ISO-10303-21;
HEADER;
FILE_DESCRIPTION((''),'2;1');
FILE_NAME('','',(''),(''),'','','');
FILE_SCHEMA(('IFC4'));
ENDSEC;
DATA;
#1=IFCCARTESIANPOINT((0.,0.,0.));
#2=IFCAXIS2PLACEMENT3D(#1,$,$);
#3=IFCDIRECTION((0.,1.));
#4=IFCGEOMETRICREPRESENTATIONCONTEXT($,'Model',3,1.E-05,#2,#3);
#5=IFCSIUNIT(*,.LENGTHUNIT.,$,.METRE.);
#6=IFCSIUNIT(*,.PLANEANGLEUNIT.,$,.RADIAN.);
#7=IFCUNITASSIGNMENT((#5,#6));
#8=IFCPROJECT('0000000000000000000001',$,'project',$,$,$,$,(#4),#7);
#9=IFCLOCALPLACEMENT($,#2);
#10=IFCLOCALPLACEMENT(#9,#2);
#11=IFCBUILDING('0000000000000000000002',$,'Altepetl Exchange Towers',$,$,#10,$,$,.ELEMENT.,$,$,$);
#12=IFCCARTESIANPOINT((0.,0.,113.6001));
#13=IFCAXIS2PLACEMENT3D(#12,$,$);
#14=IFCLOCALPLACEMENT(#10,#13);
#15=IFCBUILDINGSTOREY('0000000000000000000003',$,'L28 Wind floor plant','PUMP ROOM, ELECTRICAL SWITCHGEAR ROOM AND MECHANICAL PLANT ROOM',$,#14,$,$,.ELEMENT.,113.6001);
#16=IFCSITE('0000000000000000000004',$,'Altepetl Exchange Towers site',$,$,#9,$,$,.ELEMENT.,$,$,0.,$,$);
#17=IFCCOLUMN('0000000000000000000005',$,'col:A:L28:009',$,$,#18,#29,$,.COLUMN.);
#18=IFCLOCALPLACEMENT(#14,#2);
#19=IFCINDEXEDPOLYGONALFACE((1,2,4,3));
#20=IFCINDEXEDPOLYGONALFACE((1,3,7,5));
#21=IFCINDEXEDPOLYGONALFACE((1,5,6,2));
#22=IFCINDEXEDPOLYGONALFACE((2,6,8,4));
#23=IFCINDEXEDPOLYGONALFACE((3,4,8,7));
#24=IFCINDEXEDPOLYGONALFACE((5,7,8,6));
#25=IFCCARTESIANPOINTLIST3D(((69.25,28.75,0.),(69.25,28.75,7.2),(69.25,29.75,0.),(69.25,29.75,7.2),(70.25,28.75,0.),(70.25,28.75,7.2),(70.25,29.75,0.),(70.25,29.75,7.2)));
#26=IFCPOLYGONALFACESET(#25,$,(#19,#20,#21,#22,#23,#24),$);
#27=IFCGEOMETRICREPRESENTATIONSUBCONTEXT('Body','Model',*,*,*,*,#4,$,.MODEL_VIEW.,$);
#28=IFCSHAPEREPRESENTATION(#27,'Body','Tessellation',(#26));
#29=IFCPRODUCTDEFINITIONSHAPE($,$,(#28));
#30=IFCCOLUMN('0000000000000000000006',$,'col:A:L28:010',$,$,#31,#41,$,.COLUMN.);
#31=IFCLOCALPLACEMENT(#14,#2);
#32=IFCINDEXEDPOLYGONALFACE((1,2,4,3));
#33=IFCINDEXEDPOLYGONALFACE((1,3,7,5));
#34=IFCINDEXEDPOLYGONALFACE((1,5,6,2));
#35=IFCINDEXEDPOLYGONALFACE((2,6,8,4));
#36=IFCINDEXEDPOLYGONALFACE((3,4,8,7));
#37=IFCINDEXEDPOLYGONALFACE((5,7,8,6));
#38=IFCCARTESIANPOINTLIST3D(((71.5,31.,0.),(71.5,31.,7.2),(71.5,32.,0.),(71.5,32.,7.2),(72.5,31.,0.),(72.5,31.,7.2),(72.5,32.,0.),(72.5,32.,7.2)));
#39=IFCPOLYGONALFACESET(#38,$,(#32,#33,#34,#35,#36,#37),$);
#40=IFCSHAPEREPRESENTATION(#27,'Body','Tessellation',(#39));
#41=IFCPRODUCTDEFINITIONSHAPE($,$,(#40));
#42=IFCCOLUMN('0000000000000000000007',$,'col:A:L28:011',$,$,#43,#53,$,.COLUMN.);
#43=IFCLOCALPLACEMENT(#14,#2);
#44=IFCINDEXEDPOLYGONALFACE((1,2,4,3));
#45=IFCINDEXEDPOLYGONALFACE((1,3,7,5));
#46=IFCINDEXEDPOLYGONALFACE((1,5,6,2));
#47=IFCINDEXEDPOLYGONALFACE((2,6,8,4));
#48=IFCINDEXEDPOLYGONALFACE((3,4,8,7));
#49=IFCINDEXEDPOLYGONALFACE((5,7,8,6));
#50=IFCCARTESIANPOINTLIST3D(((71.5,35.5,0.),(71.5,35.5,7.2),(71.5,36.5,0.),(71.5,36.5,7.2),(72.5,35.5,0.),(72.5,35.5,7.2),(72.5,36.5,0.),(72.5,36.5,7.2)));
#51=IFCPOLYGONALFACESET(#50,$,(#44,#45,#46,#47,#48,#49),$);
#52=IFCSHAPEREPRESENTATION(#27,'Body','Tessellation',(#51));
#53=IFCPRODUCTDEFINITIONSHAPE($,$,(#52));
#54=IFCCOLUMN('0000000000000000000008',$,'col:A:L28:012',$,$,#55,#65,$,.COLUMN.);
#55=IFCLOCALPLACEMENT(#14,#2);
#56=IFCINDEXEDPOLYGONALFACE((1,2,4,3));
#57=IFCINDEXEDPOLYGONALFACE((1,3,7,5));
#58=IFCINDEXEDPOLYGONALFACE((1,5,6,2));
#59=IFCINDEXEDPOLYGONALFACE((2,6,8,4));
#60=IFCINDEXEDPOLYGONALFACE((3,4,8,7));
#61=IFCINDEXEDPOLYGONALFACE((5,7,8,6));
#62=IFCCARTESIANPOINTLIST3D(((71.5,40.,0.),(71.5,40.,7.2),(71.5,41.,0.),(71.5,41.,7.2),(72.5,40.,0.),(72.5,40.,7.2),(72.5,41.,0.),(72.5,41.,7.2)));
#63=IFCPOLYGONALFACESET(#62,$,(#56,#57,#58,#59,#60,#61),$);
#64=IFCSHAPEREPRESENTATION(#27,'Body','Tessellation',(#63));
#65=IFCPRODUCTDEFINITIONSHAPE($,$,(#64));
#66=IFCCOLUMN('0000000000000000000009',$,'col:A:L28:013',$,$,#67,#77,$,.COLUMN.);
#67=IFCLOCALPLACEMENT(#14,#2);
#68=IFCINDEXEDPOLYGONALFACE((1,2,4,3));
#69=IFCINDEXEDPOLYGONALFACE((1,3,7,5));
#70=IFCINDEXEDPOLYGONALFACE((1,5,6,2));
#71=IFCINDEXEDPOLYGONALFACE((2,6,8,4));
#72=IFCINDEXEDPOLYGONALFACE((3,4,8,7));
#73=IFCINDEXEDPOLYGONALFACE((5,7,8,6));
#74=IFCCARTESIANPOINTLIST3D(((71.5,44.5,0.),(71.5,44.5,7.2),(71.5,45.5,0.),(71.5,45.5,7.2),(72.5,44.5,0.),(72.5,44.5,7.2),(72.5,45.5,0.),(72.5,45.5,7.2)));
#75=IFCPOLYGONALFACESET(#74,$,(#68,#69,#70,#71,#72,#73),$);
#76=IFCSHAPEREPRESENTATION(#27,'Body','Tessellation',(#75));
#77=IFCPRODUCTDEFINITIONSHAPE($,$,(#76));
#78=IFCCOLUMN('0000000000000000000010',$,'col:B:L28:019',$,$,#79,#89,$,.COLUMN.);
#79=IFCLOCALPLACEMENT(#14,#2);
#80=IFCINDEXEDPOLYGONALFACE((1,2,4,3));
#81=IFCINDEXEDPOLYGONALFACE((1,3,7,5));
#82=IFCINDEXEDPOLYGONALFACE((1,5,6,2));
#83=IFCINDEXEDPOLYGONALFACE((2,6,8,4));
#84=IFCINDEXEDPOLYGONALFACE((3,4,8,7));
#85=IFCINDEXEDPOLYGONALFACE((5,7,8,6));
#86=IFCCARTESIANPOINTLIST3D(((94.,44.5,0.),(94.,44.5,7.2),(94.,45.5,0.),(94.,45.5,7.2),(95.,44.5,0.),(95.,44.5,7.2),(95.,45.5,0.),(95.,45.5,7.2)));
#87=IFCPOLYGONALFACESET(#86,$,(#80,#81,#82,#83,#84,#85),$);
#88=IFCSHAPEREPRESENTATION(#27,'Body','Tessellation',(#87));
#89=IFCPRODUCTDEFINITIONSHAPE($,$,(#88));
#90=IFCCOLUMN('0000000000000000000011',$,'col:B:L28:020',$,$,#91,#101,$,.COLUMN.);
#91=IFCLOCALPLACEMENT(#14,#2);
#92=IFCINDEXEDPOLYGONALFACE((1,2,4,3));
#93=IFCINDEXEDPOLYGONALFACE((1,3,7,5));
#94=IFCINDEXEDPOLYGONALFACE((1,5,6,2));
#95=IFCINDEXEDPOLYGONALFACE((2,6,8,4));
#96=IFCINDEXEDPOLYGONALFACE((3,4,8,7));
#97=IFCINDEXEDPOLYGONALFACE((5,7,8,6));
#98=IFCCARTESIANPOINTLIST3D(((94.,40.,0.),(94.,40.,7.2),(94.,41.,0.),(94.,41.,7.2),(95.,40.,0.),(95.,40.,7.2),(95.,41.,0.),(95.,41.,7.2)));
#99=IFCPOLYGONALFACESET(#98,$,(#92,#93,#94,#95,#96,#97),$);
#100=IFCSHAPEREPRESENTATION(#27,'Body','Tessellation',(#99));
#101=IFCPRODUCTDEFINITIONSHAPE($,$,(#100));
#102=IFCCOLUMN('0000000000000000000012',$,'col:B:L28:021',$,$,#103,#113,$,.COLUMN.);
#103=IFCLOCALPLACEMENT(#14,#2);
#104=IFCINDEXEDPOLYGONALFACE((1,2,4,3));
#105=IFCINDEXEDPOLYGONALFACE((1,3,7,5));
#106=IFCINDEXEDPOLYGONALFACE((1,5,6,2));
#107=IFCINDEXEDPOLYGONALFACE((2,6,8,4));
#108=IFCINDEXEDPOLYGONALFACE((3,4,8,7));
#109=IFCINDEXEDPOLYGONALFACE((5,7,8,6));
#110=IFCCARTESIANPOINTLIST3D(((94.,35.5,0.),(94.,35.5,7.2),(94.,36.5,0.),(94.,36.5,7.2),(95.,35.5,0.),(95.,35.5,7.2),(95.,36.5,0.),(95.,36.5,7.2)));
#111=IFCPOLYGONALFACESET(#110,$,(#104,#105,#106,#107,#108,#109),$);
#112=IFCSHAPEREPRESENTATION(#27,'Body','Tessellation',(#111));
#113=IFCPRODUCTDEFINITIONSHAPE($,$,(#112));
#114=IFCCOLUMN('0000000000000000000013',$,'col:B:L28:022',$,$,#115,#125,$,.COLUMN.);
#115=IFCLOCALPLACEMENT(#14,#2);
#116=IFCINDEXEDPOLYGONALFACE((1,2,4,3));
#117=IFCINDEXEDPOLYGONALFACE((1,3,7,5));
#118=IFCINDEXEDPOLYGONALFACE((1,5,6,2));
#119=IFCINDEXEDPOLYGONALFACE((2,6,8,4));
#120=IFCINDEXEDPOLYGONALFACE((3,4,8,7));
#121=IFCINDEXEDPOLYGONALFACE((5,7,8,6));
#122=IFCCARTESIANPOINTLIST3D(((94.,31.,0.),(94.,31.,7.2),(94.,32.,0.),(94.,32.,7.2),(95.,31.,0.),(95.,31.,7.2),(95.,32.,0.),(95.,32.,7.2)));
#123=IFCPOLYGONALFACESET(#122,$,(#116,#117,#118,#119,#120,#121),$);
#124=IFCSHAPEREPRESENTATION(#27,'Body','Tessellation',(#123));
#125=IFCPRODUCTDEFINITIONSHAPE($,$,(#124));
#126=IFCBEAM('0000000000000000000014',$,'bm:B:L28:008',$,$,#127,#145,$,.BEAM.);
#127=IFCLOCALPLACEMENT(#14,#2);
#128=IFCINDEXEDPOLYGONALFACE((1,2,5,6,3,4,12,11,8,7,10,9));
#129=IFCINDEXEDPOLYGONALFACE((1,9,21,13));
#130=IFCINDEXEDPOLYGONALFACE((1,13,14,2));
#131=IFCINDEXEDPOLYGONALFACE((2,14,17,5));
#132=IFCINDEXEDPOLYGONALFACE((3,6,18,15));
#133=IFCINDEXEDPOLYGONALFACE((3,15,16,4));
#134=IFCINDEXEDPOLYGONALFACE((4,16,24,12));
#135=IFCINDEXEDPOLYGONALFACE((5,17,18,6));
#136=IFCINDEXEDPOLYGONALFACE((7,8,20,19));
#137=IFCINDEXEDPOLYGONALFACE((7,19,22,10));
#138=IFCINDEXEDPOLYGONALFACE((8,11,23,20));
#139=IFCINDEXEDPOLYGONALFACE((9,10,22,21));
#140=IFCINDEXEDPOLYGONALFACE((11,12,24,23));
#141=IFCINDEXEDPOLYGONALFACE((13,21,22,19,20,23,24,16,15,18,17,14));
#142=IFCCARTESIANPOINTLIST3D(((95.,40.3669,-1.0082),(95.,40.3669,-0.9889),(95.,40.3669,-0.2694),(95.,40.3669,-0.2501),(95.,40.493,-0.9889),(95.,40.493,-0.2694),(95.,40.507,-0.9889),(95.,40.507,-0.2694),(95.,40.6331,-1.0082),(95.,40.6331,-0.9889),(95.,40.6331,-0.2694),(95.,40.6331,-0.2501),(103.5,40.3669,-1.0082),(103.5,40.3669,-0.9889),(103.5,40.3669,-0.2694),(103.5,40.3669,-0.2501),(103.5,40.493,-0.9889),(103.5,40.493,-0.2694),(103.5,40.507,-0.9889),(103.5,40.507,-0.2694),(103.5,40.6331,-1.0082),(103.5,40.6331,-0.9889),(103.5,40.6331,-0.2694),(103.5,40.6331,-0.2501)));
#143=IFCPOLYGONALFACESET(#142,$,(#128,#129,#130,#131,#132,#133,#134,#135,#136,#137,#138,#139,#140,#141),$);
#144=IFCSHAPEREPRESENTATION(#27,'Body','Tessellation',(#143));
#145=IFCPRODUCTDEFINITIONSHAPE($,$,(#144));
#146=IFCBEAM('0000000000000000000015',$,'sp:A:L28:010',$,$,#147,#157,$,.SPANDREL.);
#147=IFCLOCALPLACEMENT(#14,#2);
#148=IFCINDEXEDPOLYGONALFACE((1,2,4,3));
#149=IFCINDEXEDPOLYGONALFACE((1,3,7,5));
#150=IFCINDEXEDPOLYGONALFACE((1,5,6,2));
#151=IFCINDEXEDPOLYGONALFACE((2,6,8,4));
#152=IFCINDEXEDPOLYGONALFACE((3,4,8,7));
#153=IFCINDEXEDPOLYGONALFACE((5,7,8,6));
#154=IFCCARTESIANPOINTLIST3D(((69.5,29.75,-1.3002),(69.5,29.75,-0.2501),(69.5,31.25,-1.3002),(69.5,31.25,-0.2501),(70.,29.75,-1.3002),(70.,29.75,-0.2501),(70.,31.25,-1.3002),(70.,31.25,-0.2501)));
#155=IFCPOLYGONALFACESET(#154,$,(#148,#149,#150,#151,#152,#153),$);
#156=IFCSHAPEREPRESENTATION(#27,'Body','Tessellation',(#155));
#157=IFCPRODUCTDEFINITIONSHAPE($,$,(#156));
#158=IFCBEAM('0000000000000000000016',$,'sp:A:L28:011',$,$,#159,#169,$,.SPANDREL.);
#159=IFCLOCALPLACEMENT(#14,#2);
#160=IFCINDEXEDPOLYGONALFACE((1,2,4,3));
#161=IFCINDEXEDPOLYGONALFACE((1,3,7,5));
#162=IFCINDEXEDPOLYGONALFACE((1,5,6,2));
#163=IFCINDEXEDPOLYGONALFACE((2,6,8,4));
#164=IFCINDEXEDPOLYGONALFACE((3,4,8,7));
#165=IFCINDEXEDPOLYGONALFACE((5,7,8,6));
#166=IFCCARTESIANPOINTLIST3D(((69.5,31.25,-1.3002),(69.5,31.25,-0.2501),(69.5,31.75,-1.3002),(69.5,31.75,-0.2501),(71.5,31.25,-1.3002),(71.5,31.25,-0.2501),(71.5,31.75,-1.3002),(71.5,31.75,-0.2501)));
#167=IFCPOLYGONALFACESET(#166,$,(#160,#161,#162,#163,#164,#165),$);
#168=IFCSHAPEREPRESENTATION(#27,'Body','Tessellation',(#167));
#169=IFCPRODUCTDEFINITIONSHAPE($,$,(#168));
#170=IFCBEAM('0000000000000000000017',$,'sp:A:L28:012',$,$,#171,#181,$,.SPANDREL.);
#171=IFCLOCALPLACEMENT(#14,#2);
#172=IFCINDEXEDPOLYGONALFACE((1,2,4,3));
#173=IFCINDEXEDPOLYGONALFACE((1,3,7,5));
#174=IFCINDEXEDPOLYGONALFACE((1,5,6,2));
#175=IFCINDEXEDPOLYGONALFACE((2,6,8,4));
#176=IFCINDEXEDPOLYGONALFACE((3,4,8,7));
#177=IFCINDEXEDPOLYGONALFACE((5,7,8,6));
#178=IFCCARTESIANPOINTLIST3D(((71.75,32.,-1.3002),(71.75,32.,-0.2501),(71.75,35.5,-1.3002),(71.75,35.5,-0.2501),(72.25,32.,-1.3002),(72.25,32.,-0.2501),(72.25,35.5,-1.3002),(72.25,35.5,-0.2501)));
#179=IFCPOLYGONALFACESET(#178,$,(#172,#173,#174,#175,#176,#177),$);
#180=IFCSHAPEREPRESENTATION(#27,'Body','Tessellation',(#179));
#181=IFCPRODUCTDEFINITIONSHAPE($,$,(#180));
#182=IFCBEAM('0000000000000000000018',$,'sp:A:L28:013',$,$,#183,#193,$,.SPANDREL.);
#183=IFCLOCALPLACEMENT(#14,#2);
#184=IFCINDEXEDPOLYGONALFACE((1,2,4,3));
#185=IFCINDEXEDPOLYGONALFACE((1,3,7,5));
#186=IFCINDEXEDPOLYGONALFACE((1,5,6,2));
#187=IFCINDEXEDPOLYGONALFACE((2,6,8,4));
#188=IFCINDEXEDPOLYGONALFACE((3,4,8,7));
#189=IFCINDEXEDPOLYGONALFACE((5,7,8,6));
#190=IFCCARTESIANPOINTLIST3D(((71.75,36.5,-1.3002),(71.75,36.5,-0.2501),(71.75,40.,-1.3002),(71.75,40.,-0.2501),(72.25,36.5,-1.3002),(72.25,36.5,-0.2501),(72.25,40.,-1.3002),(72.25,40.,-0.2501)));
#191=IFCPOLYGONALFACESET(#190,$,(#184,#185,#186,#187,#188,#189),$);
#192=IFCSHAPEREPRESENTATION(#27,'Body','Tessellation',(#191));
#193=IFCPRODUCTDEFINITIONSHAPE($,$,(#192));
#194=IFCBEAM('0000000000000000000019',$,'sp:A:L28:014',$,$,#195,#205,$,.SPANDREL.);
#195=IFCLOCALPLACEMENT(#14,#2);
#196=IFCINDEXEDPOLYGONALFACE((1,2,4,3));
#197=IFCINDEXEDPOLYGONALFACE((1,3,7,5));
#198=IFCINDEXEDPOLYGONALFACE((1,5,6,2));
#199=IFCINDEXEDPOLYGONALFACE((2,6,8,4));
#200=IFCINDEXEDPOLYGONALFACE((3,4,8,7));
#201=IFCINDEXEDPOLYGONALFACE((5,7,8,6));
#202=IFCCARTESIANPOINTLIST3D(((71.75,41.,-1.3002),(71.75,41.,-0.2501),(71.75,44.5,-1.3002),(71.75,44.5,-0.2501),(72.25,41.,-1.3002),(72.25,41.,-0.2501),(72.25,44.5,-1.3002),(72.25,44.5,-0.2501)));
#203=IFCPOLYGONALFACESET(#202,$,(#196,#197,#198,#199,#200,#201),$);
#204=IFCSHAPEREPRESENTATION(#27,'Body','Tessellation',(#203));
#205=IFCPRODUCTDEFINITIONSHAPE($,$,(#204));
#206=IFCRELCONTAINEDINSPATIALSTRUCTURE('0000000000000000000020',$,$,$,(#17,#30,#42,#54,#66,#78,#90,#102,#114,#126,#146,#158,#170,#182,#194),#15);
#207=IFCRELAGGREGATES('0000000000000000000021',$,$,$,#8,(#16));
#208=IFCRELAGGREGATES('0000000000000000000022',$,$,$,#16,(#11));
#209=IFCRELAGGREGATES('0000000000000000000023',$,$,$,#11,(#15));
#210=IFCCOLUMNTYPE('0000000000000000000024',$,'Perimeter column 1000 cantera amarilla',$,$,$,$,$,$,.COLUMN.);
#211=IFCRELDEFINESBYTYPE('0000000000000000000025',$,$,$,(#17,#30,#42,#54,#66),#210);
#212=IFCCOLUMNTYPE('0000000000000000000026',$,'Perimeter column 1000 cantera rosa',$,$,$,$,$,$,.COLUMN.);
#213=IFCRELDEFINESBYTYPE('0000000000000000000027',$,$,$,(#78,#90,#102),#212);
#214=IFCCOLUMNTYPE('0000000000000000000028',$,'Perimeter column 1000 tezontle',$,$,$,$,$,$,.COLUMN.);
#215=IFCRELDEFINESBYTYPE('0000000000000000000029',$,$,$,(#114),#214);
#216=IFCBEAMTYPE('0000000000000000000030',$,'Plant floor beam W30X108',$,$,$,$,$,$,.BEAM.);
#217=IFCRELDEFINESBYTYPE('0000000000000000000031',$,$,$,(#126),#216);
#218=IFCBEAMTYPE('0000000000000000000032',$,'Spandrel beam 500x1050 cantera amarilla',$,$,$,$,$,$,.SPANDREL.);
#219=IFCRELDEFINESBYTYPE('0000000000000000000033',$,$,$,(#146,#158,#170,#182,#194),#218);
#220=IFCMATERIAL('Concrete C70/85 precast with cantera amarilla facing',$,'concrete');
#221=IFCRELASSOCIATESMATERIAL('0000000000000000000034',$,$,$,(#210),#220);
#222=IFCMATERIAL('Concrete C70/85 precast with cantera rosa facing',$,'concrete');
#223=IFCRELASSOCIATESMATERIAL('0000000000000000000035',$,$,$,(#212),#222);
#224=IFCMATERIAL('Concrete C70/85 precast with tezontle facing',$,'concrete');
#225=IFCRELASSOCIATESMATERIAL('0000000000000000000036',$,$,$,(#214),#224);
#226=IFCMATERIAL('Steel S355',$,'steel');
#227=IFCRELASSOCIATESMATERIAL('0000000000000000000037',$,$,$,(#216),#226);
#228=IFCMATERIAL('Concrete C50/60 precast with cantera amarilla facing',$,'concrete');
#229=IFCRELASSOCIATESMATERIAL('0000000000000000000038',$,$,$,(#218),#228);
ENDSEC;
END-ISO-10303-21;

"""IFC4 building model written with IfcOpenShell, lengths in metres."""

from ifc_helpers import new_model, si_unit, direction, frame, origin, origin_2d, place, context, subcontext, project, spatial, rectangle, i_section, extrude, material, material_profile, profile_set, type_object, element, save


model = new_model("IFC4")

# Units and contexts
model_context = context("Model", 3, precision=1e-05, world=origin(), true_north=direction((0.0, 1.0)))
body_context = subcontext(model_context, "Body", "Model", "MODEL_VIEW")
ifc_project = project(units=[si_unit("LENGTHUNIT", "METRE"), si_unit("PLANEANGLEUNIT", "RADIAN")], contexts=[model_context])

# Site, building, storey
site_placement = place(None, origin())
site = spatial("IfcSite", under=ifc_project, at=site_placement, Name="Altepetl Exchange Towers site", CompositionType="ELEMENT", RefElevation=0.0)
building_placement = place(site_placement, origin())
building = spatial("IfcBuilding", under=site, at=building_placement, Name="Altepetl Exchange Towers", CompositionType="ELEMENT")
storey_placement = place(building_placement, frame((0.0, 0.0, 113.6001)))
storey = spatial("IfcBuildingStorey", under=building, at=storey_placement, Name="L28 Wind floor plant", Description="PUMP ROOM, ELECTRICAL SWITCHGEAR ROOM AND MECHANICAL PLANT ROOM", CompositionType="ELEMENT", Elevation=113.6001)

# Columns
ifc_material_1 = material(Name="Concrete C70/85 precast with cantera amarilla facing", Category="concrete")
ifc_material_profile_1 = material_profile(ifc_material_1, rectangle(XDim=1.0, YDim=1.0, at=origin_2d()), Name="1000 x 1000")
ifc_profile_set_1 = profile_set([ifc_material_profile_1], Name="Concrete C70/85 precast with cantera amarilla facing")
column_type_1 = type_object("IfcColumnType", Name="Perimeter column 1000 cantera amarilla", PredefinedType="COLUMN", material=ifc_profile_set_1)
for number, where, name in (
    (1, (69.75, 29.25, 0.0), "col:A:L28:009"),
    (2, (72.0, 31.5, 0.0), "col:A:L28:010"),
    (3, (72.0, 36.0, 0.0), "col:A:L28:011"),
    (4, (72.0, 40.5, 0.0), "col:A:L28:012"),
    (5, (72.0, 45.0, 0.0), "col:A:L28:013"),
):
    element("IfcColumn", number, at=place(storey_placement, frame(where)), inside=storey, type_object=column_type_1, Name=name, PredefinedType="COLUMN", context=body_context, shape_type="SweptSolid", body=[
        extrude(rectangle(XDim=1.0, YDim=1.0, at=origin_2d()), origin(), (0.0, 0.0, 1.0), 7.2),
    ])
ifc_material_2 = material(Name="Concrete C70/85 precast with cantera rosa facing", Category="concrete")
ifc_material_profile_2 = material_profile(ifc_material_2, rectangle(XDim=1.0, YDim=1.0, at=origin_2d()), Name="1000 x 1000")
ifc_profile_set_2 = profile_set([ifc_material_profile_2], Name="Concrete C70/85 precast with cantera rosa facing")
column_type_2 = type_object("IfcColumnType", Name="Perimeter column 1000 cantera rosa", PredefinedType="COLUMN", material=ifc_profile_set_2)
for number, where, name in (
    (6, (94.5, 45.0, 0.0), "col:B:L28:019"),
    (7, (94.5, 40.5, 0.0), "col:B:L28:020"),
    (8, (94.5, 36.0, 0.0), "col:B:L28:021"),
):
    element("IfcColumn", number, at=place(storey_placement, frame(where)), inside=storey, type_object=column_type_2, Name=name, PredefinedType="COLUMN", context=body_context, shape_type="SweptSolid", body=[
        extrude(rectangle(XDim=1.0, YDim=1.0, at=origin_2d()), origin(), (0.0, 0.0, 1.0), 7.2),
    ])
ifc_material_3 = material(Name="Concrete C70/85 precast with tezontle facing", Category="concrete")
ifc_material_profile_3 = material_profile(ifc_material_3, rectangle(XDim=1.0, YDim=1.0, at=origin_2d()), Name="1000 x 1000")
ifc_profile_set_3 = profile_set([ifc_material_profile_3], Name="Concrete C70/85 precast with tezontle facing")
column_type_3 = type_object("IfcColumnType", Name="Perimeter column 1000 tezontle", PredefinedType="COLUMN", material=ifc_profile_set_3)
column_placement = place(storey_placement, frame((94.5, 31.5, 0.0)))
element("IfcColumn", 9, at=column_placement, inside=storey, type_object=column_type_3, Name="col:B:L28:022", PredefinedType="COLUMN", context=body_context, shape_type="SweptSolid", body=[
    extrude(rectangle(XDim=1.0, YDim=1.0, at=origin_2d()), origin(), (0.0, 0.0, 1.0), 7.2),
])

# Beams
ifc_material_4 = material(Name="Steel S355", Category="steel")
ifc_material_profile_4 = material_profile(ifc_material_4, i_section(OverallWidth=0.2661, OverallDepth=0.7581, WebThickness=0.0139, FlangeThickness=0.0193, at=origin_2d()), Name="W30X108")
ifc_profile_set_4 = profile_set([ifc_material_profile_4], Name="Steel S355")
beam_type_1 = type_object("IfcBeamType", Name="Plant floor beam W30X108", PredefinedType="BEAM", material=ifc_profile_set_4)
beam_1_placement = place(storey_placement, frame((95.0, 40.5, -0.6292), z_axis=(1.0, 0.0, 0.0), x_axis=(0.0, 1.0, 0.0)))
element("IfcBeam", 10, at=beam_1_placement, inside=storey, type_object=beam_type_1, Name="bm:B:L28:008", PredefinedType="BEAM", context=body_context, shape_type="SweptSolid", body=[
    extrude(i_section(OverallWidth=0.2661, OverallDepth=0.7581, WebThickness=0.0139, FlangeThickness=0.0193, at=origin_2d()), origin(), (0.0, 0.0, 1.0), 8.5),
])
ifc_material_5 = material(Name="Concrete C50/60 precast with cantera amarilla facing", Category="concrete")
ifc_material_profile_5 = material_profile(ifc_material_5, rectangle(XDim=0.5, YDim=1.05, at=origin_2d()), Name="500 x 1050")
ifc_profile_set_5 = profile_set([ifc_material_profile_5], Name="Concrete C50/60 precast with cantera amarilla facing")
beam_type_2 = type_object("IfcBeamType", Name="Spandrel beam 500x1050 cantera amarilla", PredefinedType="SPANDREL", material=ifc_profile_set_5)
beam_2_placement = place(storey_placement, frame((69.75, 29.75, -0.7751), z_axis=(0.0, 1.0, 0.0), x_axis=(-1.0, 0.0, 0.0)))
element("IfcBeam", 11, at=beam_2_placement, inside=storey, type_object=beam_type_2, Name="sp:A:L28:010", PredefinedType="SPANDREL", context=body_context, shape_type="SweptSolid", body=[
    extrude(rectangle(XDim=0.5, YDim=1.05, at=origin_2d()), origin(), (0.0, 0.0, 1.0), 1.5),
])
beam_3_placement = place(storey_placement, frame((69.5, 31.5, -0.7751), z_axis=(1.0, 0.0, 0.0), x_axis=(0.0, 1.0, 0.0)))
element("IfcBeam", 12, at=beam_3_placement, inside=storey, type_object=beam_type_2, Name="sp:A:L28:011", PredefinedType="SPANDREL", context=body_context, shape_type="SweptSolid", body=[
    extrude(rectangle(XDim=0.5, YDim=1.05, at=origin_2d()), origin(), (0.0, 0.0, 1.0), 2.0),
])
for number, where, z_axis, x_axis, name in (
    (13, (72.0, 32.0, -0.7751), (0.0, 1.0, 0.0), (-1.0, 0.0, 0.0), "sp:A:L28:012"),
    (14, (72.0, 36.5, -0.7751), (0.0, 1.0, 0.0), (-1.0, 0.0, 0.0), "sp:A:L28:013"),
    (15, (72.0, 41.0, -0.7751), (0.0, 1.0, 0.0), (-1.0, 0.0, 0.0), "sp:A:L28:014"),
):
    element("IfcBeam", number, at=place(storey_placement, frame(where, z_axis=z_axis, x_axis=x_axis)), inside=storey, type_object=beam_type_2, Name=name, PredefinedType="SPANDREL", context=body_context, shape_type="SweptSolid", body=[
        extrude(rectangle(XDim=0.5, YDim=1.05, at=origin_2d()), origin(), (0.0, 0.0, 1.0), 3.5),
    ])

save(model, "model.ifc")
